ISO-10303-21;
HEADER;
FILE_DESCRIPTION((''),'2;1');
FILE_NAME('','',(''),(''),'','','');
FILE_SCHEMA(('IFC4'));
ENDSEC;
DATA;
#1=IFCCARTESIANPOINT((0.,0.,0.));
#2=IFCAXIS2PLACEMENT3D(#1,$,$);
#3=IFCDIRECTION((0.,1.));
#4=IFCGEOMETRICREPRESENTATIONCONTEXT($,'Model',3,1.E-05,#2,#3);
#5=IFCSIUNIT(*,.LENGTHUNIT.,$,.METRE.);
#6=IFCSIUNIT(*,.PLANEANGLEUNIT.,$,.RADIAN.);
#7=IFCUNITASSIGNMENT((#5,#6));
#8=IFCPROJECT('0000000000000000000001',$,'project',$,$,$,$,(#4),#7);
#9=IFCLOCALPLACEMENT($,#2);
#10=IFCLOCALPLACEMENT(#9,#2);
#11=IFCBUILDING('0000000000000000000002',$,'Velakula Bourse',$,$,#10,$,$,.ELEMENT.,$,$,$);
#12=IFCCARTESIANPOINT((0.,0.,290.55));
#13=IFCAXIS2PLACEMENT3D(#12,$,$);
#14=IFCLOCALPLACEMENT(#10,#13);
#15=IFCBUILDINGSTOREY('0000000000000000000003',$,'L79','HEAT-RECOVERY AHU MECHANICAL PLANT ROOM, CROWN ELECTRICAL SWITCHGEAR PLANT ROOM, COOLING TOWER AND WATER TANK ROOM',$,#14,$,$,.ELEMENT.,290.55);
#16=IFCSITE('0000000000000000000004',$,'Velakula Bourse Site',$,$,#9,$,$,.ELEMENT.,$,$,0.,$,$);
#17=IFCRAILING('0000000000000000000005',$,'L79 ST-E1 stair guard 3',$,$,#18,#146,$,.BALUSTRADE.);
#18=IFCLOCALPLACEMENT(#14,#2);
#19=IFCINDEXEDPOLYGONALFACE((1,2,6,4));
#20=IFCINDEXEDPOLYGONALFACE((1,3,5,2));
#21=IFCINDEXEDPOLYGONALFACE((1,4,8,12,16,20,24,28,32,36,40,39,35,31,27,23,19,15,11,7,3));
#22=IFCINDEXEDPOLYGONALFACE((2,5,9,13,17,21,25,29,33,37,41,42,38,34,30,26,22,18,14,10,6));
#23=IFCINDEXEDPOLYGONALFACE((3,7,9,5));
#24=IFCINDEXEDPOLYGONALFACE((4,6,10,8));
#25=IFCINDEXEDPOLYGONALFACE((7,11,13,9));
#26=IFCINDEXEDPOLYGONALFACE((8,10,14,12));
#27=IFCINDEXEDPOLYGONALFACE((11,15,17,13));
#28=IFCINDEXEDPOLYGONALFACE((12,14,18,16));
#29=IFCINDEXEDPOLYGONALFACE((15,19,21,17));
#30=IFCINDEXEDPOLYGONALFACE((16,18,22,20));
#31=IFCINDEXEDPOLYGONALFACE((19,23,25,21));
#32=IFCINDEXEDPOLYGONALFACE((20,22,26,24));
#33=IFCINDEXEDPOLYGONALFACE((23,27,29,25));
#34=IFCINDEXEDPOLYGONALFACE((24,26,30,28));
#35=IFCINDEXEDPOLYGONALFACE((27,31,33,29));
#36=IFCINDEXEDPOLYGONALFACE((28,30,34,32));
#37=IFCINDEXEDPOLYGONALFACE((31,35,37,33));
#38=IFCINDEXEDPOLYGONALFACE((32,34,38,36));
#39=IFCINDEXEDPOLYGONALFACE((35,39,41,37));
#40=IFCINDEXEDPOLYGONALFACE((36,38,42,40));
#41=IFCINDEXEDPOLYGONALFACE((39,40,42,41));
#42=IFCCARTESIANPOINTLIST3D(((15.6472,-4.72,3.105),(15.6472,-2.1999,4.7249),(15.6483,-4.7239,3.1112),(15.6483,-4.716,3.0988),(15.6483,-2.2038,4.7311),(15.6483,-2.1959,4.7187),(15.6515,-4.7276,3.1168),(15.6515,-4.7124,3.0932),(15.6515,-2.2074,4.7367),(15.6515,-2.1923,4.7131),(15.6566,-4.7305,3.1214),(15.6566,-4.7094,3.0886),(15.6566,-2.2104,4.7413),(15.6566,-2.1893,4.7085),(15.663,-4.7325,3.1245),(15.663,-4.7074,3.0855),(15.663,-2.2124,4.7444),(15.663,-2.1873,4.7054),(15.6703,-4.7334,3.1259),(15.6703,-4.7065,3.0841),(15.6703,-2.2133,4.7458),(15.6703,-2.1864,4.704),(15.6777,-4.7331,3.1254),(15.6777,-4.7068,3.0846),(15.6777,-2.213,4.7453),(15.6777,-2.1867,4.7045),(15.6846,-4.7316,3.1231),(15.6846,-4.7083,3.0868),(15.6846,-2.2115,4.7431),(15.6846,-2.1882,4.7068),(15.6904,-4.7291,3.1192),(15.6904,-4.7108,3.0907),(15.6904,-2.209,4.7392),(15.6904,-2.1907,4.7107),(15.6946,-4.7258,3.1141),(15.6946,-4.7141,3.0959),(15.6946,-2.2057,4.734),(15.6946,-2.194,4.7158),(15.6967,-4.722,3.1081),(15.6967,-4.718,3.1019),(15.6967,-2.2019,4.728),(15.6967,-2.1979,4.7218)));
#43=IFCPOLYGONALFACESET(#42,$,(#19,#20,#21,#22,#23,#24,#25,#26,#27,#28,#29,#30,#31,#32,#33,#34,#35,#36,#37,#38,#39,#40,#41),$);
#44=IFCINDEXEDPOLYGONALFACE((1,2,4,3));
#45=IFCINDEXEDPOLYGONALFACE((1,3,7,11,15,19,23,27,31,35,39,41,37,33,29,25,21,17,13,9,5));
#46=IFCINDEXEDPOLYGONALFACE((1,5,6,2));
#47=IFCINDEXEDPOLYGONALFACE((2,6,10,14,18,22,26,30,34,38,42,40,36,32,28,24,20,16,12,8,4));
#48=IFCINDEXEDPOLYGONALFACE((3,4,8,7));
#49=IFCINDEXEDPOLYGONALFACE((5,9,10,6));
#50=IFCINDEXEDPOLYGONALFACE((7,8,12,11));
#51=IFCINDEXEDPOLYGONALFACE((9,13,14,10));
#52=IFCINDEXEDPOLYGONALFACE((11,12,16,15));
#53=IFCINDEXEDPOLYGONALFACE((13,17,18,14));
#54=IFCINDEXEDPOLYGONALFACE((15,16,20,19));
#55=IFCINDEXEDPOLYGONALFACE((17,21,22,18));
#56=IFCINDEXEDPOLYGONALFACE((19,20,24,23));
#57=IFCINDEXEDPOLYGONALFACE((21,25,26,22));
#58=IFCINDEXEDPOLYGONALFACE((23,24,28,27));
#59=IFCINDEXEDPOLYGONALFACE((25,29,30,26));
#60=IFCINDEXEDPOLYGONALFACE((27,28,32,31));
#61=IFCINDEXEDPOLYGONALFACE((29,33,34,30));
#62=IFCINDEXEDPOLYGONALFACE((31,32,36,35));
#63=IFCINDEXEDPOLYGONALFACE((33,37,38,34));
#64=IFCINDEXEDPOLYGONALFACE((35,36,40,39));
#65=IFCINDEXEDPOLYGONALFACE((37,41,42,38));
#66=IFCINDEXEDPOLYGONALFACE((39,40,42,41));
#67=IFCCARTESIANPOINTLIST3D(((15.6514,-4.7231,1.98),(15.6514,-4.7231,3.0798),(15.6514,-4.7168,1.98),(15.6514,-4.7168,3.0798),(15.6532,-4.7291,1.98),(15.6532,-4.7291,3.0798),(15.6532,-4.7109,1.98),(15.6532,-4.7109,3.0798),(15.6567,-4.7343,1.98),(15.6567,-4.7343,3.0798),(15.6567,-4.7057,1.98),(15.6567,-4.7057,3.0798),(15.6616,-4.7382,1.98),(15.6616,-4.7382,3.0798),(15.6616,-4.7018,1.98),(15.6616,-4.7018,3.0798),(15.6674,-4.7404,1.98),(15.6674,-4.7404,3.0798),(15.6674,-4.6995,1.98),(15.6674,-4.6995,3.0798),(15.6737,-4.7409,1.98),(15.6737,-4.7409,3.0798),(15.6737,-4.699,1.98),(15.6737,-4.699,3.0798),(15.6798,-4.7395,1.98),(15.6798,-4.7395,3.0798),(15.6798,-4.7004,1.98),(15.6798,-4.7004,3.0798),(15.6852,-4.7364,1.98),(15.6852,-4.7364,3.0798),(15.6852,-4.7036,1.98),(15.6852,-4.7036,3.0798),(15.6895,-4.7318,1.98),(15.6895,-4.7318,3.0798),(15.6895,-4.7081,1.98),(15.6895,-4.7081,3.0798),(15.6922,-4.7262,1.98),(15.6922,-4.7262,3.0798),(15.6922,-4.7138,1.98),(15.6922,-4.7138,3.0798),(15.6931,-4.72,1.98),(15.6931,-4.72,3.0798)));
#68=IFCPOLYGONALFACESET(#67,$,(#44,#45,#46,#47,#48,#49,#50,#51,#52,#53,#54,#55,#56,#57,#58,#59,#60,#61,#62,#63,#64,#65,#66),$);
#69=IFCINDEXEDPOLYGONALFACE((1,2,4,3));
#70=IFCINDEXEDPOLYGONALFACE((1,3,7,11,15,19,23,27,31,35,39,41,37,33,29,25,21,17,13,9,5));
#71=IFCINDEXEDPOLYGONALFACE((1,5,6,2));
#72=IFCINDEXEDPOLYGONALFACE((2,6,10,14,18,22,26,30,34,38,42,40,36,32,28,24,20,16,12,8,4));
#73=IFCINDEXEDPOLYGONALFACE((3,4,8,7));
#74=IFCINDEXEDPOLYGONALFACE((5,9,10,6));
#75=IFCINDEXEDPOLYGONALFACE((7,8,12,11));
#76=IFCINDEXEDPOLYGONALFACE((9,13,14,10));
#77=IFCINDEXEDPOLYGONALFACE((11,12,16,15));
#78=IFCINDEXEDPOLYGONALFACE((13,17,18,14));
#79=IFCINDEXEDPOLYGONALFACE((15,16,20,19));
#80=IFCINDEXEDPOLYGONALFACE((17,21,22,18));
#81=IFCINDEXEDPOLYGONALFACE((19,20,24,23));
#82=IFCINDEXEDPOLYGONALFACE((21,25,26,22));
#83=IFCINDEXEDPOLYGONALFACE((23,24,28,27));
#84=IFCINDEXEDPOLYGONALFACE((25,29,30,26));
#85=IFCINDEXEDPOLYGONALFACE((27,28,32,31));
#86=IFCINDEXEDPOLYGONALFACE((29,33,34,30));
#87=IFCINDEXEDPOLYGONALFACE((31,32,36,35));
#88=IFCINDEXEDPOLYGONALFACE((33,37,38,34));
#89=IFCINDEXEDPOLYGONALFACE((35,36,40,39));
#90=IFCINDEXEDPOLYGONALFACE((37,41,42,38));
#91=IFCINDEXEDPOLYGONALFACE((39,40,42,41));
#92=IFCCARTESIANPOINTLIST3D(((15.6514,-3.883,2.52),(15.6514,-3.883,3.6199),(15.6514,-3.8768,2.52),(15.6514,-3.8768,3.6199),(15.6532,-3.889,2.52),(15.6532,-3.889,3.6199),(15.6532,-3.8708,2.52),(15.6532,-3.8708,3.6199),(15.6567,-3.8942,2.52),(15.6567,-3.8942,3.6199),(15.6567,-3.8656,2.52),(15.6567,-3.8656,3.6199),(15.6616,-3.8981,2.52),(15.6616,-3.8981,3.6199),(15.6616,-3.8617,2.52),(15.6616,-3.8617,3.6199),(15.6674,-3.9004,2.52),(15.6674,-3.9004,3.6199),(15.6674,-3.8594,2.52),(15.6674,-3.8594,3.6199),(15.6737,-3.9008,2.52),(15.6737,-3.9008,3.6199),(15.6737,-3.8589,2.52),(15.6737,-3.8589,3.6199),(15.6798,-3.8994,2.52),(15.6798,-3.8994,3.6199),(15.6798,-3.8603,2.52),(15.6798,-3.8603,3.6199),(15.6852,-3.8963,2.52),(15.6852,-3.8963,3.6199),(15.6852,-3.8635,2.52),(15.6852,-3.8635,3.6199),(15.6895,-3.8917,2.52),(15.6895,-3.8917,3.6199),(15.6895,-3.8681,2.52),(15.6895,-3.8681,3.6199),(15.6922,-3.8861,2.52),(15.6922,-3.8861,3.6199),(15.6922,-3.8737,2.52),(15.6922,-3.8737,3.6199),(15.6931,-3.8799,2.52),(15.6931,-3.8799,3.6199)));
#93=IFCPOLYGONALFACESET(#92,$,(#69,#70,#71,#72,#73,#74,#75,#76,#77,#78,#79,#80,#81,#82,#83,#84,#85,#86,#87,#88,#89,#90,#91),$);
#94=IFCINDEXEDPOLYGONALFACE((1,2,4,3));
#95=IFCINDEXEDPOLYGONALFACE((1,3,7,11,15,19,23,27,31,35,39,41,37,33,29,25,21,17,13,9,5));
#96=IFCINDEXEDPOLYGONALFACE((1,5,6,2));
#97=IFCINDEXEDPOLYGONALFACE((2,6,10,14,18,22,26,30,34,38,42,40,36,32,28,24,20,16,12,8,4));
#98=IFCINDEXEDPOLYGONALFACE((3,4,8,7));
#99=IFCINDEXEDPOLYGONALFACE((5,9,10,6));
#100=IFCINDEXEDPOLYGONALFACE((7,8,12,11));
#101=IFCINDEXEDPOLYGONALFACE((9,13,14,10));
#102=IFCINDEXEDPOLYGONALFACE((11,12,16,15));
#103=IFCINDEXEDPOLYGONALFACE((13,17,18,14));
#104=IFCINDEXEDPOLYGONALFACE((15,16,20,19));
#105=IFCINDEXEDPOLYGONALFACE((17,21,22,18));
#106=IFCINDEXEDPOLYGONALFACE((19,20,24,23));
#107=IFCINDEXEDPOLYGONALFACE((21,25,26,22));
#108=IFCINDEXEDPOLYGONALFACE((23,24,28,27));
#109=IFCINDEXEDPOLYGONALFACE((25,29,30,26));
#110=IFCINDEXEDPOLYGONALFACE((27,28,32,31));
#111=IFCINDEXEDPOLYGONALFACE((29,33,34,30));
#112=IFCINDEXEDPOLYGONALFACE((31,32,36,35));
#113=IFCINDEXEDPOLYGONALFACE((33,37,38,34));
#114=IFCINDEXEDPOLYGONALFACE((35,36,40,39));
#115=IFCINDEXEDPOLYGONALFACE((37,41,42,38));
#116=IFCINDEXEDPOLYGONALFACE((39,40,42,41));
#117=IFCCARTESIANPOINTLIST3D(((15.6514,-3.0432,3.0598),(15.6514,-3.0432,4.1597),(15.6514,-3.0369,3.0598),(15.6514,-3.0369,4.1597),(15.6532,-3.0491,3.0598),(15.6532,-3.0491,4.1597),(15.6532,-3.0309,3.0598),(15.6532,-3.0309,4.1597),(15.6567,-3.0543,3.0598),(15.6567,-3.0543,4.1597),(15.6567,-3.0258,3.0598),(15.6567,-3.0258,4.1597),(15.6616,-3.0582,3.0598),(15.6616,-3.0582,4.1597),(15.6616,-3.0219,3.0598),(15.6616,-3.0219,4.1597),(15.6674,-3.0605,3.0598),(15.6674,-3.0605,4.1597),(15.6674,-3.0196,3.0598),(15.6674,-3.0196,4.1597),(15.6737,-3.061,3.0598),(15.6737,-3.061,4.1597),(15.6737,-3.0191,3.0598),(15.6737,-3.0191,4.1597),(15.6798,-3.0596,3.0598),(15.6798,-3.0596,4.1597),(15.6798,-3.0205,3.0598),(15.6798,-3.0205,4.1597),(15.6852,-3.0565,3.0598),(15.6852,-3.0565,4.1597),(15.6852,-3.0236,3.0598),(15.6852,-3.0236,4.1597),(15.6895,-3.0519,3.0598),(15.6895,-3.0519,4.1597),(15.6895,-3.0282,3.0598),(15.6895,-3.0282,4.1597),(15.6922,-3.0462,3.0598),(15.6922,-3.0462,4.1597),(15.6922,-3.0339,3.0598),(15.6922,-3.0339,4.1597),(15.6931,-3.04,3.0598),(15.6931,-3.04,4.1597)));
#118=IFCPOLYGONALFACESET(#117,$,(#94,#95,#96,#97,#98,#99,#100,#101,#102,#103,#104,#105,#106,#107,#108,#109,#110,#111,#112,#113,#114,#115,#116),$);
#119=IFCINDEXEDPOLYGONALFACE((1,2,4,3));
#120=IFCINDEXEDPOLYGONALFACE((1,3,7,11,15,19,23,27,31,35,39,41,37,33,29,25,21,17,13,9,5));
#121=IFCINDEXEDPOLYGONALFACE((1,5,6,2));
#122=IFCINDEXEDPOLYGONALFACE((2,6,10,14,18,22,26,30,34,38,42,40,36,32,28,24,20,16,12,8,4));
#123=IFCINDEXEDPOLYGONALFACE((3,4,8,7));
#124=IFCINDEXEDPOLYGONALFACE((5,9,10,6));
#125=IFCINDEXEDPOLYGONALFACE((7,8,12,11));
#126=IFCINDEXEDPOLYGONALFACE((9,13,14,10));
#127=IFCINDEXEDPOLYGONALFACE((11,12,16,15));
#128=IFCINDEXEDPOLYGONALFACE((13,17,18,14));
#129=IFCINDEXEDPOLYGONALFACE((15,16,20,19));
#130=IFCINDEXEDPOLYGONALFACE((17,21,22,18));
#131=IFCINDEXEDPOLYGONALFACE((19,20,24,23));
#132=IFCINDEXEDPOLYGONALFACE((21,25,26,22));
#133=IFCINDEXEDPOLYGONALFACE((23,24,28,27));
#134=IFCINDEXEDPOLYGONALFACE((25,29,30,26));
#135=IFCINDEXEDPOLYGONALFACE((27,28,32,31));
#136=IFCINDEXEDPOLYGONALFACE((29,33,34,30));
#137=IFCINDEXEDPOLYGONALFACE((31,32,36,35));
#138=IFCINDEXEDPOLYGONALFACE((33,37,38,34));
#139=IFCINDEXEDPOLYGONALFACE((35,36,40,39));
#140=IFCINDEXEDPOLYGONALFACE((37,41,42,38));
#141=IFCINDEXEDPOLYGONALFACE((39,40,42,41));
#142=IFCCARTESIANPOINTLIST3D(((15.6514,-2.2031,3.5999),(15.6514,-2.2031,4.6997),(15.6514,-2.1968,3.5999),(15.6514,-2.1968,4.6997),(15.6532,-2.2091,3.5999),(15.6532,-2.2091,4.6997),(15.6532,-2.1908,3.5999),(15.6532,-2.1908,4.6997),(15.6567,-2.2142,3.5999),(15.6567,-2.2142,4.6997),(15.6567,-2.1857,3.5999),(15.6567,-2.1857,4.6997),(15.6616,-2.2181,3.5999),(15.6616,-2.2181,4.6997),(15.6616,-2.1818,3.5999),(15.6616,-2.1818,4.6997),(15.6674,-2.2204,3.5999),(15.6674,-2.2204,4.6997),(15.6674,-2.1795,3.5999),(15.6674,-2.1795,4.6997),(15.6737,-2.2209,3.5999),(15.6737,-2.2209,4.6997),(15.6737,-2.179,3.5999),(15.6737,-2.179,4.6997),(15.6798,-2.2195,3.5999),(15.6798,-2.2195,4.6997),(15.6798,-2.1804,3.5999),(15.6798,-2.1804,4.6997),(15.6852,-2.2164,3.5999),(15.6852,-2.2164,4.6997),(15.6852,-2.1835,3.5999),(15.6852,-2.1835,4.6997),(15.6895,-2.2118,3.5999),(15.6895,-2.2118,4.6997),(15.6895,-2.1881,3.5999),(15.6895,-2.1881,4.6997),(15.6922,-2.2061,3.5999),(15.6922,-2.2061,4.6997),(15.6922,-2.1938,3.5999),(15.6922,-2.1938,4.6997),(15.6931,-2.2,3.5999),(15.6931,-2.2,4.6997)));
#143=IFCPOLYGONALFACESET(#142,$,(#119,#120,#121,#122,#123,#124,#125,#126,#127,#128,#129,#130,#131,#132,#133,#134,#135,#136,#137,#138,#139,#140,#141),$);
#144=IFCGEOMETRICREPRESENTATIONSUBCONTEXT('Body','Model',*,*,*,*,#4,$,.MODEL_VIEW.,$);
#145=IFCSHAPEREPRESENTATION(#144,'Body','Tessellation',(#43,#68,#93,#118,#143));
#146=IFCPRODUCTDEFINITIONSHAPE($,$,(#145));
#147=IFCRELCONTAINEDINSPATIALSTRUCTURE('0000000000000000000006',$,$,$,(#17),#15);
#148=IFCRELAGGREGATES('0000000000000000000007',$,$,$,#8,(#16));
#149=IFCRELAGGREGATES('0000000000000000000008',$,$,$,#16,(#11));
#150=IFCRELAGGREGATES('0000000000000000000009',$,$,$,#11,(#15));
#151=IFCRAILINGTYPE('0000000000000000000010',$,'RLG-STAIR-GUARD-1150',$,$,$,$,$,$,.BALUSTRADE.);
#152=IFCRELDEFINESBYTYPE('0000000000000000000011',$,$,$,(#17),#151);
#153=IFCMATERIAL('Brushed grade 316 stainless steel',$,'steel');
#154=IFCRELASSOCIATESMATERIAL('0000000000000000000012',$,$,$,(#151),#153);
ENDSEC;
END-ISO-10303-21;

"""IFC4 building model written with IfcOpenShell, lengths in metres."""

from ifc_helpers import new_model, si_unit, direction, frame, origin, origin_2d, place, context, subcontext, project, spatial, circle, extrude, material, type_object, element, save


model = new_model("IFC4")

# Units and contexts
model_context = context("Model", 3, precision=1e-05, world=origin(), true_north=direction((0.0, 1.0)))
body_context = subcontext(model_context, "Body", "Model", "MODEL_VIEW")
ifc_project = project(units=[si_unit("LENGTHUNIT", "METRE"), si_unit("PLANEANGLEUNIT", "RADIAN")], contexts=[model_context])

# Site, building, storey
site_placement = place(None, origin())
site = spatial("IfcSite", under=ifc_project, at=site_placement, Name="Velakula Bourse Site", CompositionType="ELEMENT", RefElevation=0.0)
building_placement = place(site_placement, origin())
building = spatial("IfcBuilding", under=site, at=building_placement, Name="Velakula Bourse", CompositionType="ELEMENT")
storey_placement = place(building_placement, frame((0.0, 0.0, 290.55)))
storey = spatial("IfcBuildingStorey", under=building, at=storey_placement, Name="L79", Description="HEAT-RECOVERY AHU MECHANICAL PLANT ROOM, CROWN ELECTRICAL SWITCHGEAR PLANT ROOM, COOLING TOWER AND WATER TANK ROOM", CompositionType="ELEMENT", Elevation=290.55)

# Shared definitions
ifc_material_1 = material(Name="Brushed grade 316 stainless steel", Category="steel")

# Railing
railing_type_1 = type_object("IfcRailingType", Name="RLG-STAIR-GUARD-1150", PredefinedType="BALUSTRADE", material=ifc_material_1)
railing_1_placement = place(storey_placement, frame((15.6721, -4.72, 1.98)))
element("IfcRailing", 1, at=railing_1_placement, inside=storey, type_object=railing_type_1, Name="L79 ST-E1 stair guard 3", PredefinedType="BALUSTRADE", context=body_context, shape_type="SweptSolid", body=[
    extrude(circle(Radius=0.0249, at=origin_2d()), frame((0.0, 0.0, 1.125), z_axis=(0.0, 0.8412, 0.540725), x_axis=(-1.0, 0.0, 0.0)), (0.0, 0.0, 1.0), 2.9958),
    extrude(circle(Radius=0.021, at=origin_2d()), origin(), (0.0, 0.0, 1.0), 1.0999),
    extrude(circle(Radius=0.021, at=origin_2d()), frame((0.0, 0.8401, 0.54)), (0.0, 0.0, 1.0), 1.0999),
    extrude(circle(Radius=0.021, at=origin_2d()), frame((0.0, 1.6799, 1.0798)), (0.0, 0.0, 1.0), 1.0999),
    extrude(circle(Radius=0.021, at=origin_2d()), frame((0.0, 2.52, 1.6199)), (0.0, 0.0, 1.0), 1.0999),
])

save(model, "model.ifc")
